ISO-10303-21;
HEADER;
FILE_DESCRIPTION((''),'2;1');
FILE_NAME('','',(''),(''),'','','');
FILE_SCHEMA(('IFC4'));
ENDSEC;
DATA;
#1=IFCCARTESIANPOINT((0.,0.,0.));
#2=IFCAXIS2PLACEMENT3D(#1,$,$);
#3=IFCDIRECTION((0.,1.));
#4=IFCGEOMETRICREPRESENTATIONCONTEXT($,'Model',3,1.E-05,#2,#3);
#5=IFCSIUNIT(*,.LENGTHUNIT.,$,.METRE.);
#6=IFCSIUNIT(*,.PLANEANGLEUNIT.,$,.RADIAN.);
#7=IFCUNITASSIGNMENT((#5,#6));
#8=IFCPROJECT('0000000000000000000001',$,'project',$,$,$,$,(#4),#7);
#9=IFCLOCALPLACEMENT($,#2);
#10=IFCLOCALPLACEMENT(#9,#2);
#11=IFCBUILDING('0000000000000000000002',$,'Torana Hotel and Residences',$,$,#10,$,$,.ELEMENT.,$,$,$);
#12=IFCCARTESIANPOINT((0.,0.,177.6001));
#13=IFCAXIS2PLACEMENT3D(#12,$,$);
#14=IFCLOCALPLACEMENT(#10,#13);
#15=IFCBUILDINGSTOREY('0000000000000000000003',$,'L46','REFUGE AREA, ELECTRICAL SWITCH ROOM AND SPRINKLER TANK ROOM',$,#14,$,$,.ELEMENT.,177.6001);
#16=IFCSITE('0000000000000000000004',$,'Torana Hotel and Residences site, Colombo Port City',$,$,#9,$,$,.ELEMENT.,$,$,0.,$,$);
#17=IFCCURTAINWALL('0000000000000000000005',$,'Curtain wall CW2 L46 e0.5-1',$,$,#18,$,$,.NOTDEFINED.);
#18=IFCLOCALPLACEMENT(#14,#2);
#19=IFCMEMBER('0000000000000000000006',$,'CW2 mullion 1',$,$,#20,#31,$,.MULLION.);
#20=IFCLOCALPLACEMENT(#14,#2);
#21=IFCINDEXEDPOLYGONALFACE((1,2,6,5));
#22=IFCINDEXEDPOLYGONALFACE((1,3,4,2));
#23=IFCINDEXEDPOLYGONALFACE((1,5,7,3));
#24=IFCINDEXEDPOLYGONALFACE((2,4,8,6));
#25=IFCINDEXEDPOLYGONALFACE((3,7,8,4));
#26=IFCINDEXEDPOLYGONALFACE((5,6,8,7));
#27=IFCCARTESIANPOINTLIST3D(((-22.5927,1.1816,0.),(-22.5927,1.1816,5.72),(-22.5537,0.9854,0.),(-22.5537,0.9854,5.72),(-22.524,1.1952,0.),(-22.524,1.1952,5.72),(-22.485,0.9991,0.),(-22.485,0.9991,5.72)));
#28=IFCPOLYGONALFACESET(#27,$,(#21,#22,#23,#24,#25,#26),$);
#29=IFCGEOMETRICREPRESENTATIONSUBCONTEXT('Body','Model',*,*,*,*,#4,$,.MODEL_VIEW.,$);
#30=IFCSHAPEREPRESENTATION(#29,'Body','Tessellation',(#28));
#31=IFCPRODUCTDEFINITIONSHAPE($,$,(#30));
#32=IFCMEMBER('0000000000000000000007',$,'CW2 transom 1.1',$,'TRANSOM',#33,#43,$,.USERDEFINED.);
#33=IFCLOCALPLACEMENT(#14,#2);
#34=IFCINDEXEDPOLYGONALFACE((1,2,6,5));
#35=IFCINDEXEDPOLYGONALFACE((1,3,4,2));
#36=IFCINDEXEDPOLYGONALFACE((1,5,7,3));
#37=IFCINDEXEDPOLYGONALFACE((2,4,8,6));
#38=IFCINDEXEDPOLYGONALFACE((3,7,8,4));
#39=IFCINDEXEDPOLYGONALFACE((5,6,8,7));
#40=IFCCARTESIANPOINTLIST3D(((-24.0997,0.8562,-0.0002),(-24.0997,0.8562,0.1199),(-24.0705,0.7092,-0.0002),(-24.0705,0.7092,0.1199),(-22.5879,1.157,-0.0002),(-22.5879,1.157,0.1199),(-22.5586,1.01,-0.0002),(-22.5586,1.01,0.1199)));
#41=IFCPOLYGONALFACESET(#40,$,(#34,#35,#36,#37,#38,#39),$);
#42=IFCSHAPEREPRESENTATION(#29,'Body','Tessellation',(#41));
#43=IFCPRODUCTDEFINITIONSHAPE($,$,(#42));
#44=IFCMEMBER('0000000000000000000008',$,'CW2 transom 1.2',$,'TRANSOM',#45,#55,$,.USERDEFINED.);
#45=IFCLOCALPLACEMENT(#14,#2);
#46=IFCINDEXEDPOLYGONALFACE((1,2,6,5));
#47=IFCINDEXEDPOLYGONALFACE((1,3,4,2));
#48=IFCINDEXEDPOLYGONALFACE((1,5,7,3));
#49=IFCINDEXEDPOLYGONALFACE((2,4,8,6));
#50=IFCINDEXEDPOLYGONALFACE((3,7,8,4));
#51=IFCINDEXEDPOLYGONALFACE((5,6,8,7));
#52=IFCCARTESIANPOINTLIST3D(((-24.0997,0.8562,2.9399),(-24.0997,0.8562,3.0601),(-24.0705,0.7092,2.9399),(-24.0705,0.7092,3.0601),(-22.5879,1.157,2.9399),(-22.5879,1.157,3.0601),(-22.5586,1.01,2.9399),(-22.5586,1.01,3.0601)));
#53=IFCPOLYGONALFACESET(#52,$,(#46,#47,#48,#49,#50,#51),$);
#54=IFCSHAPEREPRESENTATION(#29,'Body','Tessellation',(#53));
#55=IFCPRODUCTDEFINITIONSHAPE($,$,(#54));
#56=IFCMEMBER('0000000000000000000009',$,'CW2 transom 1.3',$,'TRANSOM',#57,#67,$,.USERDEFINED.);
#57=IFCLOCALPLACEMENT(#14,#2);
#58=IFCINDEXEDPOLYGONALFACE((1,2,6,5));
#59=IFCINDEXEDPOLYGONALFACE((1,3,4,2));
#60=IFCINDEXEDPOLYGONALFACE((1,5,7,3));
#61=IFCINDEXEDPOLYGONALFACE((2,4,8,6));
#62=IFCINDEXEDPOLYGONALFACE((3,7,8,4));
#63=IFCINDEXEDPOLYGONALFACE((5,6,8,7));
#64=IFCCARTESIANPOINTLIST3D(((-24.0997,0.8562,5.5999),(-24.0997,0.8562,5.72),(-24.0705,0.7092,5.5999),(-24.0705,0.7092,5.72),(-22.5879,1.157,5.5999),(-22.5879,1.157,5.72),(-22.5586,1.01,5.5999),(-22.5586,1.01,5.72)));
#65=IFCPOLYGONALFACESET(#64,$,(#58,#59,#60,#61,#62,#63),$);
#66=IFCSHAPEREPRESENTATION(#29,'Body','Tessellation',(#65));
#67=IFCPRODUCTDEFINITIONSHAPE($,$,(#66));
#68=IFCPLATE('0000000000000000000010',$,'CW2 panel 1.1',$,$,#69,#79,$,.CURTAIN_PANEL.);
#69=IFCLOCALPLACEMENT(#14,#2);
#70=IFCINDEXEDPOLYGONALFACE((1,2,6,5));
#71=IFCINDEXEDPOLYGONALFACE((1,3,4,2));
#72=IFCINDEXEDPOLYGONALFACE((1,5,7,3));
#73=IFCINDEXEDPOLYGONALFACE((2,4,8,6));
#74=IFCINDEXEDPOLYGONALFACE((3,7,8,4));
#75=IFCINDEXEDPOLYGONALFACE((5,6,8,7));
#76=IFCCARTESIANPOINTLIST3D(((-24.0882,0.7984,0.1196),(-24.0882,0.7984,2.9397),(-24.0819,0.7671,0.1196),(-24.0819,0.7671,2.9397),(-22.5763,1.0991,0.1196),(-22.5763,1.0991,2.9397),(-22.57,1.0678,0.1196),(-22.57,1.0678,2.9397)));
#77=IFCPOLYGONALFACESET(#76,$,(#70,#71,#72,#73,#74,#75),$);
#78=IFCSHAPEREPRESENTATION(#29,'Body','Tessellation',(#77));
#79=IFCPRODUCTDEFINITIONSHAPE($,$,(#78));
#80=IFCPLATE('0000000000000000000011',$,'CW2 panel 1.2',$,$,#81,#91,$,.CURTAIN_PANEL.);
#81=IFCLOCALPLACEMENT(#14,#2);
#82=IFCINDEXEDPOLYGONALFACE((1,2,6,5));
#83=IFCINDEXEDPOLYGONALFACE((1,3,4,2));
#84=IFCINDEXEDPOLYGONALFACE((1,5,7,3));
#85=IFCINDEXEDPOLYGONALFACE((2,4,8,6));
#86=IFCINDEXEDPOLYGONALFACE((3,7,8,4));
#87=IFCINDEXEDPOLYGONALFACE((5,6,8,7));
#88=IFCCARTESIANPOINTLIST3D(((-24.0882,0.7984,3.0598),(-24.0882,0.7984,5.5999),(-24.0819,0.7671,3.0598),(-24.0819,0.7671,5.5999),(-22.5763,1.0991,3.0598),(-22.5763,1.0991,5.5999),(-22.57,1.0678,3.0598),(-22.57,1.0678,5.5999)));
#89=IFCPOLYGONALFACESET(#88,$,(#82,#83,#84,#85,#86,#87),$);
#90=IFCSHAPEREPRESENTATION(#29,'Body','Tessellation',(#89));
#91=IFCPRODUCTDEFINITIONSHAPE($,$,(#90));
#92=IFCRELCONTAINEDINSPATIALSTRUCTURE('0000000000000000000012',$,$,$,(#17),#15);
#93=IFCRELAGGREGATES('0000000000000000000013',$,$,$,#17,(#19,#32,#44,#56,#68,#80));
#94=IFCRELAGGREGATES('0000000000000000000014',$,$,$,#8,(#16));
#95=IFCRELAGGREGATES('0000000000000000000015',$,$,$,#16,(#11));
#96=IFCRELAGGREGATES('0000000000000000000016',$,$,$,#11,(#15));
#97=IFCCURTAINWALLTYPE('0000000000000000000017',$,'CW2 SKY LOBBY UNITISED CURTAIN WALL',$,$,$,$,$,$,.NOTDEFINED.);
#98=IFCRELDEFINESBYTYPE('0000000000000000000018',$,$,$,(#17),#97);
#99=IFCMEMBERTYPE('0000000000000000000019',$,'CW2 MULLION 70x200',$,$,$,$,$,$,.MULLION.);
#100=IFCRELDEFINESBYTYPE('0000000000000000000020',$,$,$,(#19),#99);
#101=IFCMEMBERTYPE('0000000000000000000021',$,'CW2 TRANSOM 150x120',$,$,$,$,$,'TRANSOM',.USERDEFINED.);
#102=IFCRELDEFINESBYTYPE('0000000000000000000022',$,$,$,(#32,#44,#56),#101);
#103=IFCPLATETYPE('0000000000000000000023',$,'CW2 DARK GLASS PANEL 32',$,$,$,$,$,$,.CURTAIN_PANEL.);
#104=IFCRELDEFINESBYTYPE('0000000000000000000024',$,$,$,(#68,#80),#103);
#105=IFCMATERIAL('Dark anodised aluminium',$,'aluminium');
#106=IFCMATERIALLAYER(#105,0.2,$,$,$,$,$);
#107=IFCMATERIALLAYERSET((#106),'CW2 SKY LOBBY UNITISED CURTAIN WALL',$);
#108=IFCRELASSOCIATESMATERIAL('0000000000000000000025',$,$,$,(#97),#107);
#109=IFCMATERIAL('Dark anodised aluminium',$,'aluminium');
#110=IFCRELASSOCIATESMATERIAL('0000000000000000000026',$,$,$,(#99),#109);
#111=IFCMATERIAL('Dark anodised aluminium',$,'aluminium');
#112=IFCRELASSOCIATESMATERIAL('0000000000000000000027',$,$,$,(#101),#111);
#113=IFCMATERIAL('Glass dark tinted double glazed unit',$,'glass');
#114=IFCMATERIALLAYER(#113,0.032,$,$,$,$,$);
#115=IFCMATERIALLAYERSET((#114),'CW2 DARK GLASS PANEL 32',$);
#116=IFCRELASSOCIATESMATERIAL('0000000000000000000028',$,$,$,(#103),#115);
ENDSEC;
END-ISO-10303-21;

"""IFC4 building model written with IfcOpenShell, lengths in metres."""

from ifc_helpers import new_model, si_unit, direction, frame, origin, origin_2d, place, context, subcontext, project, spatial, rectangle, extrude, material, layer, layer_set, material_profile, profile_set, type_object, element, aggregate, save


model = new_model("IFC4")

# Units and contexts
model_context = context("Model", 3, precision=1e-05, world=origin(), true_north=direction((0.0, 1.0)))
body_context = subcontext(model_context, "Body", "Model", "MODEL_VIEW")
ifc_project = project(units=[si_unit("LENGTHUNIT", "METRE"), si_unit("PLANEANGLEUNIT", "RADIAN")], contexts=[model_context])

# Site, building, storey
site_placement = place(None, origin())
site = spatial("IfcSite", under=ifc_project, at=site_placement, Name="Torana Hotel and Residences site, Colombo Port City", CompositionType="ELEMENT", RefElevation=0.0)
building_placement = place(site_placement, origin())
building = spatial("IfcBuilding", under=site, at=building_placement, Name="Torana Hotel and Residences", CompositionType="ELEMENT")
storey_placement = place(building_placement, frame((0.0, 0.0, 177.6001)))
storey = spatial("IfcBuildingStorey", under=building, at=storey_placement, Name="L46", Description="REFUGE AREA, ELECTRICAL SWITCH ROOM AND SPRINKLER TANK ROOM", CompositionType="ELEMENT", Elevation=177.6001)

# Curtain wall, members, plates
ifc_material_1 = material(Name="Dark anodised aluminium", Category="aluminium")
ifc_layer_1 = layer(ifc_material_1, 0.2)
ifc_layer_set_1 = layer_set([ifc_layer_1], Name="CW2 SKY LOBBY UNITISED CURTAIN WALL")
curtain_wall_type = type_object("IfcCurtainWallType", Name="CW2 SKY LOBBY UNITISED CURTAIN WALL", PredefinedType="NOTDEFINED", material=ifc_layer_set_1)
curtain_wall_placement = place(storey_placement, origin())
curtain_wall = element("IfcCurtainWall", 1, at=curtain_wall_placement, inside=storey, type_object=curtain_wall_type, Name="Curtain wall CW2 L46 e0.5-1", PredefinedType="NOTDEFINED")
ifc_material_2 = material(Name="Dark anodised aluminium", Category="aluminium")
ifc_material_profile_1 = material_profile(ifc_material_2, rectangle(XDim=0.2, YDim=0.0701, at=origin_2d()), Name="CW2 MULLION 70x200")
ifc_profile_set_1 = profile_set([ifc_material_profile_1], Name="Dark anodised aluminium")
member_type_1 = type_object("IfcMemberType", Name="CW2 MULLION 70x200", PredefinedType="MULLION", material=ifc_profile_set_1)
member_1_placement = place(storey_placement, frame((-22.5388, 1.0903, 0.0), z_axis=(0.0, 0.0, 1.0), x_axis=(0.195064, -0.980791, 0.0)))
member_1 = element("IfcMember", 2, at=member_1_placement, type_object=member_type_1, Name="CW2 mullion 1", PredefinedType="MULLION", context=body_context, shape_type="SweptSolid", body=[
    extrude(rectangle(XDim=0.2, YDim=0.0701, at=origin_2d()), origin(), (0.0, 0.0, 1.0), 5.72),
])
ifc_material_3 = material(Name="Dark anodised aluminium", Category="aluminium")
ifc_material_profile_2 = material_profile(ifc_material_3, rectangle(XDim=0.1499, YDim=0.1201, at=origin_2d()), Name="CW2 TRANSOM 150x120")
ifc_profile_set_2 = profile_set([ifc_material_profile_2], Name="Dark anodised aluminium")
member_type_2 = type_object("IfcMemberType", Name="CW2 TRANSOM 150x120", ElementType="TRANSOM", PredefinedType="USERDEFINED", material=ifc_profile_set_2)
member_2_placement = place(storey_placement, frame((-22.5732, 1.0835, 0.0598), z_axis=(-0.980781, -0.195111, 0.0), x_axis=(0.195111, -0.980781, 0.0)))
member_2 = element("IfcMember", 3, at=member_2_placement, type_object=member_type_2, Name="CW2 transom 1.1", ObjectType="TRANSOM", PredefinedType="USERDEFINED", context=body_context, shape_type="SweptSolid", body=[
    extrude(rectangle(XDim=0.1499, YDim=0.1201, at=origin_2d()), origin(), (0.0, 0.0, 1.0), 1.5415),
])
member_3_placement = place(storey_placement, frame((-22.5732, 1.0835, 3.0), z_axis=(-0.980781, -0.195111, 0.0), x_axis=(0.195111, -0.980781, 0.0)))
member_3 = element("IfcMember", 4, at=member_3_placement, type_object=member_type_2, Name="CW2 transom 1.2", ObjectType="TRANSOM", PredefinedType="USERDEFINED", context=body_context, shape_type="SweptSolid", body=[
    extrude(rectangle(XDim=0.1499, YDim=0.1201, at=origin_2d()), origin(), (0.0, 0.0, 1.0), 1.5415),
])
member_4_placement = place(storey_placement, frame((-22.5732, 1.0835, 5.6599), z_axis=(-0.980781, -0.195111, 0.0), x_axis=(0.195111, -0.980781, 0.0)))
member_4 = element("IfcMember", 5, at=member_4_placement, type_object=member_type_2, Name="CW2 transom 1.3", ObjectType="TRANSOM", PredefinedType="USERDEFINED", context=body_context, shape_type="SweptSolid", body=[
    extrude(rectangle(XDim=0.1499, YDim=0.1201, at=origin_2d()), origin(), (0.0, 0.0, 1.0), 1.5415),
])
ifc_material_4 = material(Name="Glass dark tinted double glazed unit", Category="glass")
ifc_layer_2 = layer(ifc_material_4, 0.032)
ifc_layer_set_2 = layer_set([ifc_layer_2], Name="CW2 DARK GLASS PANEL 32")
plate_type = type_object("IfcPlateType", Name="CW2 DARK GLASS PANEL 32", PredefinedType="CURTAIN_PANEL", material=ifc_layer_set_2)
plate_1_placement = place(storey_placement, frame((-23.3291, 0.9331, 0.1196), z_axis=(0.0, 0.0, 1.0), x_axis=(-0.980791, -0.195064, 0.0)))
plate_1 = element("IfcPlate", 6, at=plate_1_placement, type_object=plate_type, Name="CW2 panel 1.1", PredefinedType="CURTAIN_PANEL", context=body_context, shape_type="SweptSolid", body=[
    extrude(rectangle(XDim=1.5415, YDim=0.032, at=origin_2d()), origin(), (0.0, 0.0, 1.0), 2.8201),
])
plate_2_placement = place(storey_placement, frame((-23.3291, 0.9331, 3.0598), z_axis=(0.0, 0.0, 1.0), x_axis=(-0.980791, -0.195064, 0.0)))
plate_2 = element("IfcPlate", 7, at=plate_2_placement, type_object=plate_type, Name="CW2 panel 1.2", PredefinedType="CURTAIN_PANEL", context=body_context, shape_type="SweptSolid", body=[
    extrude(rectangle(XDim=1.5415, YDim=0.032, at=origin_2d()), origin(), (0.0, 0.0, 1.0), 2.54),
])
aggregate(curtain_wall, [member_1, member_2, member_3, member_4, plate_1, plate_2])

save(model, "model.ifc")
